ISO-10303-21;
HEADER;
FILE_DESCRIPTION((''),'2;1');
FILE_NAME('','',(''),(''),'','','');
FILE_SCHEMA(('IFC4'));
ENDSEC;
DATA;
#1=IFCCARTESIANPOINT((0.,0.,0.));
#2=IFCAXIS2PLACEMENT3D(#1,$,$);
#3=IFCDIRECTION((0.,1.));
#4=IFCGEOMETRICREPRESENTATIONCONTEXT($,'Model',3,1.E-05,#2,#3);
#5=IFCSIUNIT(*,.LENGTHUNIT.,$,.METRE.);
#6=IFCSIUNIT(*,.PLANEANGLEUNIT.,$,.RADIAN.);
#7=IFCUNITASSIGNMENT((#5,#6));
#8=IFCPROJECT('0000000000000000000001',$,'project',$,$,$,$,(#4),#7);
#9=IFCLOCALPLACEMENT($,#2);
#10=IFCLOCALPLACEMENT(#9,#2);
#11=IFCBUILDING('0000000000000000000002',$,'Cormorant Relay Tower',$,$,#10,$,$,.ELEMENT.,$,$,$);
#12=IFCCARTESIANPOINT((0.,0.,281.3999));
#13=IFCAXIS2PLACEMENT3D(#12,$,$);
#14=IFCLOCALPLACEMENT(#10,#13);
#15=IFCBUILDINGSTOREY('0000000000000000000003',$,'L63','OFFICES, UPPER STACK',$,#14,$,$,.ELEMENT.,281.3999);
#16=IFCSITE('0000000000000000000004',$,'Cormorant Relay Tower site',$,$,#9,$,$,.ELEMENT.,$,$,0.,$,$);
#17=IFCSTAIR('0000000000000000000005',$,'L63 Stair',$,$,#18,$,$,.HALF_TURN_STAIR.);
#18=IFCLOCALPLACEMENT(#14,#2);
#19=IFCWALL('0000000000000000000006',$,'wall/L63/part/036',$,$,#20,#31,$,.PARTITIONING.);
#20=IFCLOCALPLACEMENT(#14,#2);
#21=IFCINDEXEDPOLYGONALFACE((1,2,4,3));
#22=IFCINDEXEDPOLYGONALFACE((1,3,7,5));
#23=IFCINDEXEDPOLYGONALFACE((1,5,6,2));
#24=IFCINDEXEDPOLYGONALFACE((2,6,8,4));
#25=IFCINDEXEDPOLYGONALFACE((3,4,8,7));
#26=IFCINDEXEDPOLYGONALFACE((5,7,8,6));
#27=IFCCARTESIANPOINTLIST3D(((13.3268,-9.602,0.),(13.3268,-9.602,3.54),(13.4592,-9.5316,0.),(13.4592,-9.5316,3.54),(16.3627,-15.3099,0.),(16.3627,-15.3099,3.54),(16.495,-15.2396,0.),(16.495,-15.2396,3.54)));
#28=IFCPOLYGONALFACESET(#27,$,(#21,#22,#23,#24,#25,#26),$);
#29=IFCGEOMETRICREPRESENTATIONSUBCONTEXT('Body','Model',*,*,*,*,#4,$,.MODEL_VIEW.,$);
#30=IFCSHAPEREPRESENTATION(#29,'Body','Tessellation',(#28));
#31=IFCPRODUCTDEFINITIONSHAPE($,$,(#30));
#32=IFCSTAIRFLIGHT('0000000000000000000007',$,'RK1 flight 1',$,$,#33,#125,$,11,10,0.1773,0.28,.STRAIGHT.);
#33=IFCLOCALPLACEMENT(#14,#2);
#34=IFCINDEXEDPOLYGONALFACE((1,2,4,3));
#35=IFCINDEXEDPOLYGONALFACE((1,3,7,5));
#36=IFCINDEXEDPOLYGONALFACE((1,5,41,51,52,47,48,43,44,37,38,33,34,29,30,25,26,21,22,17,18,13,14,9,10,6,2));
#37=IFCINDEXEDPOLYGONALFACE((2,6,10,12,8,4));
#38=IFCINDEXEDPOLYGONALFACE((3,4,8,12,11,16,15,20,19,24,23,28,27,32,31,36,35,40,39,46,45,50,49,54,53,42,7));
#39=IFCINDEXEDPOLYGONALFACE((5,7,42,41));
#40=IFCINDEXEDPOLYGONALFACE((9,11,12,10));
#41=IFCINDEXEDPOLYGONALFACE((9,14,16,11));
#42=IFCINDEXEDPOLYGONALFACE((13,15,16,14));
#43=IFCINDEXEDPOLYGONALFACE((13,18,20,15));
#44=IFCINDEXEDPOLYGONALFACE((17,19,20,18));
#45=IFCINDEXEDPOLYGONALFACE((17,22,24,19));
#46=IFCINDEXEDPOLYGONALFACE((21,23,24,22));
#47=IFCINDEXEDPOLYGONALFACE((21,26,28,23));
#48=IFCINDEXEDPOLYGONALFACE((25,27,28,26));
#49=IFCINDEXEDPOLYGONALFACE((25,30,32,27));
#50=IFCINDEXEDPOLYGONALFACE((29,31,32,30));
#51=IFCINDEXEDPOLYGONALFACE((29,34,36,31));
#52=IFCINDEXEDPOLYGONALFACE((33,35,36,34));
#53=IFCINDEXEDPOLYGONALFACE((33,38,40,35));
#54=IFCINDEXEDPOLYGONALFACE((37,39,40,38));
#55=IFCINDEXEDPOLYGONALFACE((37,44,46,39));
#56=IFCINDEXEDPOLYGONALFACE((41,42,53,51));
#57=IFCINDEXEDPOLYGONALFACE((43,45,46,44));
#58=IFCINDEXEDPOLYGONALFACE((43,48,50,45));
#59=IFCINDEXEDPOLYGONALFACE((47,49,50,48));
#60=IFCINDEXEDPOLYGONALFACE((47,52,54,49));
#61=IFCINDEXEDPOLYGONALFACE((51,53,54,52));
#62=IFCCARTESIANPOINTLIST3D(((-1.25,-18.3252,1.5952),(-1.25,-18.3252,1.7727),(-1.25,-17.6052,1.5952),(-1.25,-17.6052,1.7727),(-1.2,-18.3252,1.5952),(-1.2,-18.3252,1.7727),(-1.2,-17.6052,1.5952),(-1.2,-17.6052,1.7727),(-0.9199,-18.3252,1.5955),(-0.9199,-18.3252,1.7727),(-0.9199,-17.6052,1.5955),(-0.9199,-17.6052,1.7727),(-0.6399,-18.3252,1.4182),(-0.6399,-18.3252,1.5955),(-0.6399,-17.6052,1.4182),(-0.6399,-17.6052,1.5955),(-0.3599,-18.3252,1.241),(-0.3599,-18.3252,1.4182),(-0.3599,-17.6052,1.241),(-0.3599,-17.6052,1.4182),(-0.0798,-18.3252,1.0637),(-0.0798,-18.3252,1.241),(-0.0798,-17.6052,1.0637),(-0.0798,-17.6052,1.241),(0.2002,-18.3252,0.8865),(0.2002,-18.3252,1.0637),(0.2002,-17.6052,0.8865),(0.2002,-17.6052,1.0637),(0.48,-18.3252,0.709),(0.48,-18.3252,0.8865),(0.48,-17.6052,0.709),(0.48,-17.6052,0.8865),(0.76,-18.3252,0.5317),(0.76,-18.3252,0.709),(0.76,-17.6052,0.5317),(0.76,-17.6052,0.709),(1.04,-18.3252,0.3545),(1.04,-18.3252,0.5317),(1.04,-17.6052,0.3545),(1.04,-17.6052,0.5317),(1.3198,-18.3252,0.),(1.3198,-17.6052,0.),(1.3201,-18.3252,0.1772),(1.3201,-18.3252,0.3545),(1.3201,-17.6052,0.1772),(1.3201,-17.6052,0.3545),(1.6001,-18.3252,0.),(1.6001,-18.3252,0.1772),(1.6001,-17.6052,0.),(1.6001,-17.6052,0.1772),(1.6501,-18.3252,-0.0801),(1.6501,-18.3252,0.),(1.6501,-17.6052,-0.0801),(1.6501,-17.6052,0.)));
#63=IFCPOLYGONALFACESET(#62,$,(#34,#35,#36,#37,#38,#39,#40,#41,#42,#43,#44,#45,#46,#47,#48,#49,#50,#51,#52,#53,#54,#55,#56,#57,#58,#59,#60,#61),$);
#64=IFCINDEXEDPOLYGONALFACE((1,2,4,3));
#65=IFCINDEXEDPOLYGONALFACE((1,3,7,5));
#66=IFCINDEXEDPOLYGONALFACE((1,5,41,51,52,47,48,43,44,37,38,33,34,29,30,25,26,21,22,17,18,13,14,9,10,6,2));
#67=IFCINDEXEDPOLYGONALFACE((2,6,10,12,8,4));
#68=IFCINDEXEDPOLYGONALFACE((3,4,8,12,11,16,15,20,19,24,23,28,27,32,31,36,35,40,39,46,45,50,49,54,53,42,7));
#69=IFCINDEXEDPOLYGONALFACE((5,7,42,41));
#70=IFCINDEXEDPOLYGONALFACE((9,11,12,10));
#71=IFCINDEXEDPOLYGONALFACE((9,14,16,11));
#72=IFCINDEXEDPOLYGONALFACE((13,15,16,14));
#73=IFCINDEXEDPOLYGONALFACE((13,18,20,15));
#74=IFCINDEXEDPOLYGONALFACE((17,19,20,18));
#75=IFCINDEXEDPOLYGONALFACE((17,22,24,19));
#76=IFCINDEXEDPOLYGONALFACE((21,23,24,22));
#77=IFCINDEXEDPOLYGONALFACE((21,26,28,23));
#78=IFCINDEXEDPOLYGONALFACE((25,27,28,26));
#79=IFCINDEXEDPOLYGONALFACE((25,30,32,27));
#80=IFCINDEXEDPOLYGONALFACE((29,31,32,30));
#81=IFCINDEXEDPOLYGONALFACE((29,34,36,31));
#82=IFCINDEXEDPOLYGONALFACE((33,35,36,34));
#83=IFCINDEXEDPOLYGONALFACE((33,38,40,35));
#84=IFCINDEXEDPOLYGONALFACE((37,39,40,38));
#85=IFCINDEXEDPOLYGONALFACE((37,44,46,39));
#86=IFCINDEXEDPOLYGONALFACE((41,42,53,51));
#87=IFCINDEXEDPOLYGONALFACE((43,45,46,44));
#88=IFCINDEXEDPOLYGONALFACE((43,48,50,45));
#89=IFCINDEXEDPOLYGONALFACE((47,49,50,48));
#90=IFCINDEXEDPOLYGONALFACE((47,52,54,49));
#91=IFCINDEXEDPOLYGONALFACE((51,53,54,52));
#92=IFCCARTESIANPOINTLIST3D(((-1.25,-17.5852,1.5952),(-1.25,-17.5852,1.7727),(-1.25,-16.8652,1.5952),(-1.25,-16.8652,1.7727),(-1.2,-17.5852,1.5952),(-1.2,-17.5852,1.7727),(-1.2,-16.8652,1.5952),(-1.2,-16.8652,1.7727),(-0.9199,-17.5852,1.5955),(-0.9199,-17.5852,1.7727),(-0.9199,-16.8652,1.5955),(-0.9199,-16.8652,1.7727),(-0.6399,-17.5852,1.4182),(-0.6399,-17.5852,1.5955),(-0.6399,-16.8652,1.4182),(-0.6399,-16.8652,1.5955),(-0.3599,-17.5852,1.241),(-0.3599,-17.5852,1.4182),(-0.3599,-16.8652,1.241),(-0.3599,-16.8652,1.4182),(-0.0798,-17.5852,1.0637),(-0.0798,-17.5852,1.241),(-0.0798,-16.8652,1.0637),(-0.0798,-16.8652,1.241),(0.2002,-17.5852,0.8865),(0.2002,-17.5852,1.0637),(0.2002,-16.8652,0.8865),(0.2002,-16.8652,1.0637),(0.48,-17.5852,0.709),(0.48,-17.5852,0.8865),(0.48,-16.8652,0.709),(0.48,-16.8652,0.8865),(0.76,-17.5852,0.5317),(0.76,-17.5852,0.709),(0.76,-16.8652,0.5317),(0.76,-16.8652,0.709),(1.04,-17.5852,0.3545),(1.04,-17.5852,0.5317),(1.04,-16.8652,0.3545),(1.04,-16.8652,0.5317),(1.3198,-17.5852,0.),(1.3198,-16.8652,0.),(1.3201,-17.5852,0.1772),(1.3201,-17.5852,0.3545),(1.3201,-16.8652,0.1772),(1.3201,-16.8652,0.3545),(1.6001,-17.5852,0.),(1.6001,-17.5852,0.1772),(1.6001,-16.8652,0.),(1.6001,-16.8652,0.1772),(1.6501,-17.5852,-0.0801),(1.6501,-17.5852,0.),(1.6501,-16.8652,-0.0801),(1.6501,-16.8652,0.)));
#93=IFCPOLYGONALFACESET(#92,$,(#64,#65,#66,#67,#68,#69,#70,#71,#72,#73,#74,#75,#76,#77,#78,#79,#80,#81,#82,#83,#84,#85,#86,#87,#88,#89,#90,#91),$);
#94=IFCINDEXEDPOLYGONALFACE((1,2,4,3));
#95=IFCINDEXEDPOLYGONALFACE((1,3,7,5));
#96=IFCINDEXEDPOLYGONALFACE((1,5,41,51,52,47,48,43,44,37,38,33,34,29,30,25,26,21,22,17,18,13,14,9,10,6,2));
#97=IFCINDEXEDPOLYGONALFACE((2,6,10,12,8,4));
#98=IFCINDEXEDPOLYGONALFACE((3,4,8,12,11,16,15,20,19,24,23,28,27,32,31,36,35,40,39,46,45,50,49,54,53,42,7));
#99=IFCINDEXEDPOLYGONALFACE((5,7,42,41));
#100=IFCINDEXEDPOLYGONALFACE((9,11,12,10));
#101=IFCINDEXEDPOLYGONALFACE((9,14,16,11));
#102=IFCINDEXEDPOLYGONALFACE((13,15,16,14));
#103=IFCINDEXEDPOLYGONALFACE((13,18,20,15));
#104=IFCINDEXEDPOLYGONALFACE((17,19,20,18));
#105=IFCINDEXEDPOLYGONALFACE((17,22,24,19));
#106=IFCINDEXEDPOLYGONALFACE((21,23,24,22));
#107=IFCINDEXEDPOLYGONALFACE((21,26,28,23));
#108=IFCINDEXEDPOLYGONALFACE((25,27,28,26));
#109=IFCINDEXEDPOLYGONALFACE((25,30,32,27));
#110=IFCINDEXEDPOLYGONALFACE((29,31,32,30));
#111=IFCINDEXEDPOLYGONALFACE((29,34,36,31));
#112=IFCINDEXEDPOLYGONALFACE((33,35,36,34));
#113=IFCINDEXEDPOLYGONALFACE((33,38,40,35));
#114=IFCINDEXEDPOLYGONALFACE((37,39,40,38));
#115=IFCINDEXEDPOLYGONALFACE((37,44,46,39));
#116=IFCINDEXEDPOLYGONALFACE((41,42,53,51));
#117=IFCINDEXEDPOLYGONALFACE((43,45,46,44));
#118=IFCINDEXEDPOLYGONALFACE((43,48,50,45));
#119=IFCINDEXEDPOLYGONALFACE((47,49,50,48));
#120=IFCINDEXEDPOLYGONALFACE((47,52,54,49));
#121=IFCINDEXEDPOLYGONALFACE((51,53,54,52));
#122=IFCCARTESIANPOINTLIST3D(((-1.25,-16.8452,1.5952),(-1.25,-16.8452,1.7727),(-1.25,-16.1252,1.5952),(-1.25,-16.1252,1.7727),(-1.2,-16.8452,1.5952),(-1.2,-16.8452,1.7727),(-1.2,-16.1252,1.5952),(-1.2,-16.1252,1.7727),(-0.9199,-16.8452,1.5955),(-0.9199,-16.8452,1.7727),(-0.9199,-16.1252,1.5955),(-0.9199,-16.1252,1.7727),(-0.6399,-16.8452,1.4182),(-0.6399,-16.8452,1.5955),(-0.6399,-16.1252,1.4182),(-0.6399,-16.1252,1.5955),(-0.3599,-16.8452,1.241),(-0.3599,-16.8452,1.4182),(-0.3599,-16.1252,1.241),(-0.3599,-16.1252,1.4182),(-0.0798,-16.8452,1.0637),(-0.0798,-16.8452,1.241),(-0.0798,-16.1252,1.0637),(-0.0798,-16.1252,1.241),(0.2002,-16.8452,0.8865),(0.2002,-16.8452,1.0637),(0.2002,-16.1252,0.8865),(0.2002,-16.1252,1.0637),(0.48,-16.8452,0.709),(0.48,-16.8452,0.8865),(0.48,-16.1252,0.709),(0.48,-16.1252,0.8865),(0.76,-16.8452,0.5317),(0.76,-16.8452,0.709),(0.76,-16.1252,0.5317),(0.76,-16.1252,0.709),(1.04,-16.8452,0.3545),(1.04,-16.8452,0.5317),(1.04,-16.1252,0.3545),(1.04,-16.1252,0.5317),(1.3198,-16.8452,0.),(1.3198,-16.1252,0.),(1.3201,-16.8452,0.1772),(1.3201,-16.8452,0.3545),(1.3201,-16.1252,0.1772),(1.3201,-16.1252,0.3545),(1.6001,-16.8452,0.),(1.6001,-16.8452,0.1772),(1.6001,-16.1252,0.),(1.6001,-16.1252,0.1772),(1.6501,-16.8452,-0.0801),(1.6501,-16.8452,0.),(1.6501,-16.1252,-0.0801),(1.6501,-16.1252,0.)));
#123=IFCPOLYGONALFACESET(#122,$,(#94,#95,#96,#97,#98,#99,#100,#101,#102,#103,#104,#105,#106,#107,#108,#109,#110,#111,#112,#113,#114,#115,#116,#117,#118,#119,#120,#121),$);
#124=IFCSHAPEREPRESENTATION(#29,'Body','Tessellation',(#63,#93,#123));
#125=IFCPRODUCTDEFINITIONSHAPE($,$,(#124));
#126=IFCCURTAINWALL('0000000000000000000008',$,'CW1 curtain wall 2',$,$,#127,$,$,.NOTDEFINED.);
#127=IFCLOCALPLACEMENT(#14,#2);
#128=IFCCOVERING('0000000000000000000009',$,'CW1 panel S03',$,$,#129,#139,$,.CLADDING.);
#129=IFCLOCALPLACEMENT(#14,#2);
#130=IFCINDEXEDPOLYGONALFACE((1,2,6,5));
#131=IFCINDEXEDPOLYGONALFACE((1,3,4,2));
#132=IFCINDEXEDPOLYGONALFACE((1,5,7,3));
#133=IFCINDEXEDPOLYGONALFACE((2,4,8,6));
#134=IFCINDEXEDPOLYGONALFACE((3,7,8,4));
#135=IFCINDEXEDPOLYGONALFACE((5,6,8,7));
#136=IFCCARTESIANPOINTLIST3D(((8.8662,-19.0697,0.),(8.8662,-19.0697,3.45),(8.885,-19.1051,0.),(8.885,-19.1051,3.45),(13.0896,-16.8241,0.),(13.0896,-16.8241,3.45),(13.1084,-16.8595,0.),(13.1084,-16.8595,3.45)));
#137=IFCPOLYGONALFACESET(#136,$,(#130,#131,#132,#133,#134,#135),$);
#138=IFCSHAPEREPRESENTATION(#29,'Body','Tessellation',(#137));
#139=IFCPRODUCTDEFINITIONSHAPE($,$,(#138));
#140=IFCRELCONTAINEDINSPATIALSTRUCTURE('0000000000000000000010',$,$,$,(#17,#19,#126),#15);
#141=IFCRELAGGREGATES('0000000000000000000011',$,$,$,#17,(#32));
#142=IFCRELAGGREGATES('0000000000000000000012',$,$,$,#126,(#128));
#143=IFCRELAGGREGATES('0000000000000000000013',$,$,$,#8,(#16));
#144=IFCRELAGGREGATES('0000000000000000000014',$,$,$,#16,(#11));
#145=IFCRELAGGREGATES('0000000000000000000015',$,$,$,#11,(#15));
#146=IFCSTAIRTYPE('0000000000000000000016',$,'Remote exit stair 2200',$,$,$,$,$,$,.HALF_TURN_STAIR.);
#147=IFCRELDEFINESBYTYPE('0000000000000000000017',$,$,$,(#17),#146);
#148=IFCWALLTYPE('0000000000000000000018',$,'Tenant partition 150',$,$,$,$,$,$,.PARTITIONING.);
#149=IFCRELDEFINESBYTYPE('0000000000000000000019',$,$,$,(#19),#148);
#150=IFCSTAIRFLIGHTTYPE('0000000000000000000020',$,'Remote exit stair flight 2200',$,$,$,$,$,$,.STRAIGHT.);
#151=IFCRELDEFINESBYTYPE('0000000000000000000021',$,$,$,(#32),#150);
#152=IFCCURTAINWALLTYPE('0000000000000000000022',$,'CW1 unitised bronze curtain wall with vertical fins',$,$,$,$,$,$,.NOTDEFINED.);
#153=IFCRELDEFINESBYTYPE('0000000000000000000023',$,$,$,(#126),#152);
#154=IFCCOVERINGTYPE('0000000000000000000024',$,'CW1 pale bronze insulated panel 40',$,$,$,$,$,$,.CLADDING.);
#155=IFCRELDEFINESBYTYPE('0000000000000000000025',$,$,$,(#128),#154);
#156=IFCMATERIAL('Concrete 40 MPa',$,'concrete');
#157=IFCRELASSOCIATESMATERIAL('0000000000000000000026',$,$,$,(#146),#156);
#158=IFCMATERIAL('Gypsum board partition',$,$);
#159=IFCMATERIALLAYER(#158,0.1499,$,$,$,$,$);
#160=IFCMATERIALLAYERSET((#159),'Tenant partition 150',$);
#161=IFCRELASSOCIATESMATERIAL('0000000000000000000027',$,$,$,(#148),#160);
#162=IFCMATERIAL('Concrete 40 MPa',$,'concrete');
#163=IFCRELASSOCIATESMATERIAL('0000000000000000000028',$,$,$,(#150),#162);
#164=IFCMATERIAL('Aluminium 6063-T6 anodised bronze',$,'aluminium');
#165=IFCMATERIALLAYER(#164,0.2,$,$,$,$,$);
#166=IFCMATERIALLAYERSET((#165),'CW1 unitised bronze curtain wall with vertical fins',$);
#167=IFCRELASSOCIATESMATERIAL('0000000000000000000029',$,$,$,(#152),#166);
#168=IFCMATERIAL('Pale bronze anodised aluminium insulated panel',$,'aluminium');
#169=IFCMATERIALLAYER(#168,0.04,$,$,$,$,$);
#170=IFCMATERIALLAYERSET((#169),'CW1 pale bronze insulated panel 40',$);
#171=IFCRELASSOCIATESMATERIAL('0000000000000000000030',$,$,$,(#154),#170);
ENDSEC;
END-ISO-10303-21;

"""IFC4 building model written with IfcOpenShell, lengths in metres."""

from ifc_helpers import new_model, si_unit, direction, frame, frame_2d, origin, origin_2d, place, context, subcontext, project, spatial, polyline, rectangle, outline, extrude, material, layer, layer_set, type_object, element, aggregate, save


model = new_model("IFC4")

# Units and contexts
model_context = context("Model", 3, precision=1e-05, world=origin(), true_north=direction((0.0, 1.0)))
body_context = subcontext(model_context, "Body", "Model", "MODEL_VIEW")
ifc_project = project(units=[si_unit("LENGTHUNIT", "METRE"), si_unit("PLANEANGLEUNIT", "RADIAN")], contexts=[model_context])

# Site, building, storey
site_placement = place(None, origin())
site = spatial("IfcSite", under=ifc_project, at=site_placement, Name="Cormorant Relay Tower site", CompositionType="ELEMENT", RefElevation=0.0)
building_placement = place(site_placement, origin())
building = spatial("IfcBuilding", under=site, at=building_placement, Name="Cormorant Relay Tower", CompositionType="ELEMENT")
storey_placement = place(building_placement, frame((0.0, 0.0, 281.3999)))
storey = spatial("IfcBuildingStorey", under=building, at=storey_placement, Name="L63", Description="OFFICES, UPPER STACK", CompositionType="ELEMENT", Elevation=281.3999)

# Stair
ifc_material_1 = material(Name="Concrete 40 MPa", Category="concrete")
stair_type_1 = type_object("IfcStairType", Name="Remote exit stair 2200", PredefinedType="HALF_TURN_STAIR", material=ifc_material_1)
stair_1_placement = place(storey_placement, origin())
stair_1 = element("IfcStair", 1, at=stair_1_placement, inside=storey, type_object=stair_type_1, Name="L63 Stair", PredefinedType="HALF_TURN_STAIR")

# Wall
ifc_material_2 = material(Name="Gypsum board partition")
ifc_layer_1 = layer(ifc_material_2, 0.1499)
ifc_layer_set_1 = layer_set([ifc_layer_1], Name="Tenant partition 150")
wall_type_1 = type_object("IfcWallType", Name="Tenant partition 150", PredefinedType="PARTITIONING", material=ifc_layer_set_1)
wall_1_placement = place(storey_placement, frame((13.3931, -9.5669, 0.0), z_axis=(0.0, 0.0, 1.0), x_axis=(0.469579, -0.882891, 0.0)))
element("IfcWall", 2, at=wall_1_placement, inside=storey, type_object=wall_type_1, Name="wall/L63/part/036", PredefinedType="PARTITIONING", context=body_context, shape_type="SweptSolid", body=[
    extrude(rectangle(XDim=6.4651, YDim=0.1499, at=frame_2d((3.2324, 0.0))), origin(), (0.0, 0.0, 1.0), 3.54),
])

# Stair flight
ifc_material_3 = material(Name="Concrete 40 MPa", Category="concrete")
stair_flight_type = type_object("IfcStairFlightType", Name="Remote exit stair flight 2200", PredefinedType="STRAIGHT", material=ifc_material_3)
stair_flight_placement = place(storey_placement, frame((1.6001, -17.2251, 0.0), z_axis=(0.0, 0.0, 1.0), x_axis=(-1.0, 0.0, 0.0)))
stair_flight = element("IfcStairFlight", 3, at=stair_flight_placement, type_object=stair_flight_type, Name="RK1 flight 1", NumberOfRisers=11, NumberOfTreads=10, PredefinedType="STRAIGHT", RiserHeight=0.1773, TreadLength=0.28, context=body_context, shape_type="SweptSolid", body=[
    extrude(outline(polyline([(-0.05, -0.0801), (-0.05, 0.0), (0.0, 0.0), (0.0, 0.1772), (0.28, 0.1772), (0.28, 0.3545), (0.5601, 0.3545), (0.5601, 0.5317), (0.8401, 0.5317), (0.8401, 0.709), (1.1201, 0.709), (1.1201, 0.8865), (1.3999, 0.8865), (1.3999, 1.0637), (1.6799, 1.0637), (1.6799, 1.241), (1.96, 1.241), (1.96, 1.4182), (2.24, 1.4182), (2.24, 1.5955), (2.52, 1.5955), (2.52, 1.7727), (2.8, 1.7727), (2.8501, 1.7727), (2.8501, 1.5952), (2.8, 1.5952), (0.2803, 0.0), (-0.05, -0.0801)])), frame((0.0, 1.1001, 0.0), z_axis=(0.0, -1.0, 0.0), x_axis=(1.0, 0.0, 0.0)), (0.0, 0.0, 1.0), 0.72),
    extrude(outline(polyline([(-0.05, -0.0801), (-0.05, 0.0), (0.0, 0.0), (0.0, 0.1772), (0.28, 0.1772), (0.28, 0.3545), (0.5601, 0.3545), (0.5601, 0.5317), (0.8401, 0.5317), (0.8401, 0.709), (1.1201, 0.709), (1.1201, 0.8865), (1.3999, 0.8865), (1.3999, 1.0637), (1.6799, 1.0637), (1.6799, 1.241), (1.96, 1.241), (1.96, 1.4182), (2.24, 1.4182), (2.24, 1.5955), (2.52, 1.5955), (2.52, 1.7727), (2.8, 1.7727), (2.8501, 1.7727), (2.8501, 1.5952), (2.8, 1.5952), (0.2803, 0.0), (-0.05, -0.0801)])), frame((0.0, 0.3601, 0.0), z_axis=(0.0, -1.0, 0.0), x_axis=(1.0, 0.0, 0.0)), (0.0, 0.0, 1.0), 0.72),
    extrude(outline(polyline([(-0.05, -0.0801), (-0.05, 0.0), (0.0, 0.0), (0.0, 0.1772), (0.28, 0.1772), (0.28, 0.3545), (0.5601, 0.3545), (0.5601, 0.5317), (0.8401, 0.5317), (0.8401, 0.709), (1.1201, 0.709), (1.1201, 0.8865), (1.3999, 0.8865), (1.3999, 1.0637), (1.6799, 1.0637), (1.6799, 1.241), (1.96, 1.241), (1.96, 1.4182), (2.24, 1.4182), (2.24, 1.5955), (2.52, 1.5955), (2.52, 1.7727), (2.8, 1.7727), (2.8501, 1.7727), (2.8501, 1.5952), (2.8, 1.5952), (0.2803, 0.0), (-0.05, -0.0801)])), frame((0.0, -0.3799, 0.0), z_axis=(0.0, -1.0, 0.0), x_axis=(1.0, 0.0, 0.0)), (0.0, 0.0, 1.0), 0.72),
])
aggregate(stair_1, [stair_flight])

# Curtain wall, covering
ifc_material_4 = material(Name="Aluminium 6063-T6 anodised bronze", Category="aluminium")
ifc_layer_2 = layer(ifc_material_4, 0.2)
ifc_layer_set_2 = layer_set([ifc_layer_2], Name="CW1 unitised bronze curtain wall with vertical fins")
curtain_wall_type = type_object("IfcCurtainWallType", Name="CW1 unitised bronze curtain wall with vertical fins", PredefinedType="NOTDEFINED", material=ifc_layer_set_2)
curtain_wall_placement = place(storey_placement, origin())
curtain_wall = element("IfcCurtainWall", 4, at=curtain_wall_placement, inside=storey, type_object=curtain_wall_type, Name="CW1 curtain wall 2", PredefinedType="NOTDEFINED")
ifc_material_5 = material(Name="Pale bronze anodised aluminium insulated panel", Category="aluminium")
ifc_layer_3 = layer(ifc_material_5, 0.04)
ifc_layer_set_3 = layer_set([ifc_layer_3], Name="CW1 pale bronze insulated panel 40")
covering_type = type_object("IfcCoveringType", Name="CW1 pale bronze insulated panel 40", PredefinedType="CLADDING", material=ifc_layer_set_3)
covering_placement = place(storey_placement, frame((10.9873, -17.9646, 0.0), z_axis=(0.0, 0.0, 1.0), x_axis=(0.882948, 0.469472, 0.0)))
covering = element("IfcCovering", 5, at=covering_placement, type_object=covering_type, Name="CW1 panel S03", PredefinedType="CLADDING", context=body_context, shape_type="SweptSolid", body=[
    extrude(rectangle(XDim=4.7832, YDim=0.04, at=origin_2d()), origin(), (0.0, 0.0, 1.0), 3.45),
])
aggregate(curtain_wall, [covering])

save(model, "model.ifc")
